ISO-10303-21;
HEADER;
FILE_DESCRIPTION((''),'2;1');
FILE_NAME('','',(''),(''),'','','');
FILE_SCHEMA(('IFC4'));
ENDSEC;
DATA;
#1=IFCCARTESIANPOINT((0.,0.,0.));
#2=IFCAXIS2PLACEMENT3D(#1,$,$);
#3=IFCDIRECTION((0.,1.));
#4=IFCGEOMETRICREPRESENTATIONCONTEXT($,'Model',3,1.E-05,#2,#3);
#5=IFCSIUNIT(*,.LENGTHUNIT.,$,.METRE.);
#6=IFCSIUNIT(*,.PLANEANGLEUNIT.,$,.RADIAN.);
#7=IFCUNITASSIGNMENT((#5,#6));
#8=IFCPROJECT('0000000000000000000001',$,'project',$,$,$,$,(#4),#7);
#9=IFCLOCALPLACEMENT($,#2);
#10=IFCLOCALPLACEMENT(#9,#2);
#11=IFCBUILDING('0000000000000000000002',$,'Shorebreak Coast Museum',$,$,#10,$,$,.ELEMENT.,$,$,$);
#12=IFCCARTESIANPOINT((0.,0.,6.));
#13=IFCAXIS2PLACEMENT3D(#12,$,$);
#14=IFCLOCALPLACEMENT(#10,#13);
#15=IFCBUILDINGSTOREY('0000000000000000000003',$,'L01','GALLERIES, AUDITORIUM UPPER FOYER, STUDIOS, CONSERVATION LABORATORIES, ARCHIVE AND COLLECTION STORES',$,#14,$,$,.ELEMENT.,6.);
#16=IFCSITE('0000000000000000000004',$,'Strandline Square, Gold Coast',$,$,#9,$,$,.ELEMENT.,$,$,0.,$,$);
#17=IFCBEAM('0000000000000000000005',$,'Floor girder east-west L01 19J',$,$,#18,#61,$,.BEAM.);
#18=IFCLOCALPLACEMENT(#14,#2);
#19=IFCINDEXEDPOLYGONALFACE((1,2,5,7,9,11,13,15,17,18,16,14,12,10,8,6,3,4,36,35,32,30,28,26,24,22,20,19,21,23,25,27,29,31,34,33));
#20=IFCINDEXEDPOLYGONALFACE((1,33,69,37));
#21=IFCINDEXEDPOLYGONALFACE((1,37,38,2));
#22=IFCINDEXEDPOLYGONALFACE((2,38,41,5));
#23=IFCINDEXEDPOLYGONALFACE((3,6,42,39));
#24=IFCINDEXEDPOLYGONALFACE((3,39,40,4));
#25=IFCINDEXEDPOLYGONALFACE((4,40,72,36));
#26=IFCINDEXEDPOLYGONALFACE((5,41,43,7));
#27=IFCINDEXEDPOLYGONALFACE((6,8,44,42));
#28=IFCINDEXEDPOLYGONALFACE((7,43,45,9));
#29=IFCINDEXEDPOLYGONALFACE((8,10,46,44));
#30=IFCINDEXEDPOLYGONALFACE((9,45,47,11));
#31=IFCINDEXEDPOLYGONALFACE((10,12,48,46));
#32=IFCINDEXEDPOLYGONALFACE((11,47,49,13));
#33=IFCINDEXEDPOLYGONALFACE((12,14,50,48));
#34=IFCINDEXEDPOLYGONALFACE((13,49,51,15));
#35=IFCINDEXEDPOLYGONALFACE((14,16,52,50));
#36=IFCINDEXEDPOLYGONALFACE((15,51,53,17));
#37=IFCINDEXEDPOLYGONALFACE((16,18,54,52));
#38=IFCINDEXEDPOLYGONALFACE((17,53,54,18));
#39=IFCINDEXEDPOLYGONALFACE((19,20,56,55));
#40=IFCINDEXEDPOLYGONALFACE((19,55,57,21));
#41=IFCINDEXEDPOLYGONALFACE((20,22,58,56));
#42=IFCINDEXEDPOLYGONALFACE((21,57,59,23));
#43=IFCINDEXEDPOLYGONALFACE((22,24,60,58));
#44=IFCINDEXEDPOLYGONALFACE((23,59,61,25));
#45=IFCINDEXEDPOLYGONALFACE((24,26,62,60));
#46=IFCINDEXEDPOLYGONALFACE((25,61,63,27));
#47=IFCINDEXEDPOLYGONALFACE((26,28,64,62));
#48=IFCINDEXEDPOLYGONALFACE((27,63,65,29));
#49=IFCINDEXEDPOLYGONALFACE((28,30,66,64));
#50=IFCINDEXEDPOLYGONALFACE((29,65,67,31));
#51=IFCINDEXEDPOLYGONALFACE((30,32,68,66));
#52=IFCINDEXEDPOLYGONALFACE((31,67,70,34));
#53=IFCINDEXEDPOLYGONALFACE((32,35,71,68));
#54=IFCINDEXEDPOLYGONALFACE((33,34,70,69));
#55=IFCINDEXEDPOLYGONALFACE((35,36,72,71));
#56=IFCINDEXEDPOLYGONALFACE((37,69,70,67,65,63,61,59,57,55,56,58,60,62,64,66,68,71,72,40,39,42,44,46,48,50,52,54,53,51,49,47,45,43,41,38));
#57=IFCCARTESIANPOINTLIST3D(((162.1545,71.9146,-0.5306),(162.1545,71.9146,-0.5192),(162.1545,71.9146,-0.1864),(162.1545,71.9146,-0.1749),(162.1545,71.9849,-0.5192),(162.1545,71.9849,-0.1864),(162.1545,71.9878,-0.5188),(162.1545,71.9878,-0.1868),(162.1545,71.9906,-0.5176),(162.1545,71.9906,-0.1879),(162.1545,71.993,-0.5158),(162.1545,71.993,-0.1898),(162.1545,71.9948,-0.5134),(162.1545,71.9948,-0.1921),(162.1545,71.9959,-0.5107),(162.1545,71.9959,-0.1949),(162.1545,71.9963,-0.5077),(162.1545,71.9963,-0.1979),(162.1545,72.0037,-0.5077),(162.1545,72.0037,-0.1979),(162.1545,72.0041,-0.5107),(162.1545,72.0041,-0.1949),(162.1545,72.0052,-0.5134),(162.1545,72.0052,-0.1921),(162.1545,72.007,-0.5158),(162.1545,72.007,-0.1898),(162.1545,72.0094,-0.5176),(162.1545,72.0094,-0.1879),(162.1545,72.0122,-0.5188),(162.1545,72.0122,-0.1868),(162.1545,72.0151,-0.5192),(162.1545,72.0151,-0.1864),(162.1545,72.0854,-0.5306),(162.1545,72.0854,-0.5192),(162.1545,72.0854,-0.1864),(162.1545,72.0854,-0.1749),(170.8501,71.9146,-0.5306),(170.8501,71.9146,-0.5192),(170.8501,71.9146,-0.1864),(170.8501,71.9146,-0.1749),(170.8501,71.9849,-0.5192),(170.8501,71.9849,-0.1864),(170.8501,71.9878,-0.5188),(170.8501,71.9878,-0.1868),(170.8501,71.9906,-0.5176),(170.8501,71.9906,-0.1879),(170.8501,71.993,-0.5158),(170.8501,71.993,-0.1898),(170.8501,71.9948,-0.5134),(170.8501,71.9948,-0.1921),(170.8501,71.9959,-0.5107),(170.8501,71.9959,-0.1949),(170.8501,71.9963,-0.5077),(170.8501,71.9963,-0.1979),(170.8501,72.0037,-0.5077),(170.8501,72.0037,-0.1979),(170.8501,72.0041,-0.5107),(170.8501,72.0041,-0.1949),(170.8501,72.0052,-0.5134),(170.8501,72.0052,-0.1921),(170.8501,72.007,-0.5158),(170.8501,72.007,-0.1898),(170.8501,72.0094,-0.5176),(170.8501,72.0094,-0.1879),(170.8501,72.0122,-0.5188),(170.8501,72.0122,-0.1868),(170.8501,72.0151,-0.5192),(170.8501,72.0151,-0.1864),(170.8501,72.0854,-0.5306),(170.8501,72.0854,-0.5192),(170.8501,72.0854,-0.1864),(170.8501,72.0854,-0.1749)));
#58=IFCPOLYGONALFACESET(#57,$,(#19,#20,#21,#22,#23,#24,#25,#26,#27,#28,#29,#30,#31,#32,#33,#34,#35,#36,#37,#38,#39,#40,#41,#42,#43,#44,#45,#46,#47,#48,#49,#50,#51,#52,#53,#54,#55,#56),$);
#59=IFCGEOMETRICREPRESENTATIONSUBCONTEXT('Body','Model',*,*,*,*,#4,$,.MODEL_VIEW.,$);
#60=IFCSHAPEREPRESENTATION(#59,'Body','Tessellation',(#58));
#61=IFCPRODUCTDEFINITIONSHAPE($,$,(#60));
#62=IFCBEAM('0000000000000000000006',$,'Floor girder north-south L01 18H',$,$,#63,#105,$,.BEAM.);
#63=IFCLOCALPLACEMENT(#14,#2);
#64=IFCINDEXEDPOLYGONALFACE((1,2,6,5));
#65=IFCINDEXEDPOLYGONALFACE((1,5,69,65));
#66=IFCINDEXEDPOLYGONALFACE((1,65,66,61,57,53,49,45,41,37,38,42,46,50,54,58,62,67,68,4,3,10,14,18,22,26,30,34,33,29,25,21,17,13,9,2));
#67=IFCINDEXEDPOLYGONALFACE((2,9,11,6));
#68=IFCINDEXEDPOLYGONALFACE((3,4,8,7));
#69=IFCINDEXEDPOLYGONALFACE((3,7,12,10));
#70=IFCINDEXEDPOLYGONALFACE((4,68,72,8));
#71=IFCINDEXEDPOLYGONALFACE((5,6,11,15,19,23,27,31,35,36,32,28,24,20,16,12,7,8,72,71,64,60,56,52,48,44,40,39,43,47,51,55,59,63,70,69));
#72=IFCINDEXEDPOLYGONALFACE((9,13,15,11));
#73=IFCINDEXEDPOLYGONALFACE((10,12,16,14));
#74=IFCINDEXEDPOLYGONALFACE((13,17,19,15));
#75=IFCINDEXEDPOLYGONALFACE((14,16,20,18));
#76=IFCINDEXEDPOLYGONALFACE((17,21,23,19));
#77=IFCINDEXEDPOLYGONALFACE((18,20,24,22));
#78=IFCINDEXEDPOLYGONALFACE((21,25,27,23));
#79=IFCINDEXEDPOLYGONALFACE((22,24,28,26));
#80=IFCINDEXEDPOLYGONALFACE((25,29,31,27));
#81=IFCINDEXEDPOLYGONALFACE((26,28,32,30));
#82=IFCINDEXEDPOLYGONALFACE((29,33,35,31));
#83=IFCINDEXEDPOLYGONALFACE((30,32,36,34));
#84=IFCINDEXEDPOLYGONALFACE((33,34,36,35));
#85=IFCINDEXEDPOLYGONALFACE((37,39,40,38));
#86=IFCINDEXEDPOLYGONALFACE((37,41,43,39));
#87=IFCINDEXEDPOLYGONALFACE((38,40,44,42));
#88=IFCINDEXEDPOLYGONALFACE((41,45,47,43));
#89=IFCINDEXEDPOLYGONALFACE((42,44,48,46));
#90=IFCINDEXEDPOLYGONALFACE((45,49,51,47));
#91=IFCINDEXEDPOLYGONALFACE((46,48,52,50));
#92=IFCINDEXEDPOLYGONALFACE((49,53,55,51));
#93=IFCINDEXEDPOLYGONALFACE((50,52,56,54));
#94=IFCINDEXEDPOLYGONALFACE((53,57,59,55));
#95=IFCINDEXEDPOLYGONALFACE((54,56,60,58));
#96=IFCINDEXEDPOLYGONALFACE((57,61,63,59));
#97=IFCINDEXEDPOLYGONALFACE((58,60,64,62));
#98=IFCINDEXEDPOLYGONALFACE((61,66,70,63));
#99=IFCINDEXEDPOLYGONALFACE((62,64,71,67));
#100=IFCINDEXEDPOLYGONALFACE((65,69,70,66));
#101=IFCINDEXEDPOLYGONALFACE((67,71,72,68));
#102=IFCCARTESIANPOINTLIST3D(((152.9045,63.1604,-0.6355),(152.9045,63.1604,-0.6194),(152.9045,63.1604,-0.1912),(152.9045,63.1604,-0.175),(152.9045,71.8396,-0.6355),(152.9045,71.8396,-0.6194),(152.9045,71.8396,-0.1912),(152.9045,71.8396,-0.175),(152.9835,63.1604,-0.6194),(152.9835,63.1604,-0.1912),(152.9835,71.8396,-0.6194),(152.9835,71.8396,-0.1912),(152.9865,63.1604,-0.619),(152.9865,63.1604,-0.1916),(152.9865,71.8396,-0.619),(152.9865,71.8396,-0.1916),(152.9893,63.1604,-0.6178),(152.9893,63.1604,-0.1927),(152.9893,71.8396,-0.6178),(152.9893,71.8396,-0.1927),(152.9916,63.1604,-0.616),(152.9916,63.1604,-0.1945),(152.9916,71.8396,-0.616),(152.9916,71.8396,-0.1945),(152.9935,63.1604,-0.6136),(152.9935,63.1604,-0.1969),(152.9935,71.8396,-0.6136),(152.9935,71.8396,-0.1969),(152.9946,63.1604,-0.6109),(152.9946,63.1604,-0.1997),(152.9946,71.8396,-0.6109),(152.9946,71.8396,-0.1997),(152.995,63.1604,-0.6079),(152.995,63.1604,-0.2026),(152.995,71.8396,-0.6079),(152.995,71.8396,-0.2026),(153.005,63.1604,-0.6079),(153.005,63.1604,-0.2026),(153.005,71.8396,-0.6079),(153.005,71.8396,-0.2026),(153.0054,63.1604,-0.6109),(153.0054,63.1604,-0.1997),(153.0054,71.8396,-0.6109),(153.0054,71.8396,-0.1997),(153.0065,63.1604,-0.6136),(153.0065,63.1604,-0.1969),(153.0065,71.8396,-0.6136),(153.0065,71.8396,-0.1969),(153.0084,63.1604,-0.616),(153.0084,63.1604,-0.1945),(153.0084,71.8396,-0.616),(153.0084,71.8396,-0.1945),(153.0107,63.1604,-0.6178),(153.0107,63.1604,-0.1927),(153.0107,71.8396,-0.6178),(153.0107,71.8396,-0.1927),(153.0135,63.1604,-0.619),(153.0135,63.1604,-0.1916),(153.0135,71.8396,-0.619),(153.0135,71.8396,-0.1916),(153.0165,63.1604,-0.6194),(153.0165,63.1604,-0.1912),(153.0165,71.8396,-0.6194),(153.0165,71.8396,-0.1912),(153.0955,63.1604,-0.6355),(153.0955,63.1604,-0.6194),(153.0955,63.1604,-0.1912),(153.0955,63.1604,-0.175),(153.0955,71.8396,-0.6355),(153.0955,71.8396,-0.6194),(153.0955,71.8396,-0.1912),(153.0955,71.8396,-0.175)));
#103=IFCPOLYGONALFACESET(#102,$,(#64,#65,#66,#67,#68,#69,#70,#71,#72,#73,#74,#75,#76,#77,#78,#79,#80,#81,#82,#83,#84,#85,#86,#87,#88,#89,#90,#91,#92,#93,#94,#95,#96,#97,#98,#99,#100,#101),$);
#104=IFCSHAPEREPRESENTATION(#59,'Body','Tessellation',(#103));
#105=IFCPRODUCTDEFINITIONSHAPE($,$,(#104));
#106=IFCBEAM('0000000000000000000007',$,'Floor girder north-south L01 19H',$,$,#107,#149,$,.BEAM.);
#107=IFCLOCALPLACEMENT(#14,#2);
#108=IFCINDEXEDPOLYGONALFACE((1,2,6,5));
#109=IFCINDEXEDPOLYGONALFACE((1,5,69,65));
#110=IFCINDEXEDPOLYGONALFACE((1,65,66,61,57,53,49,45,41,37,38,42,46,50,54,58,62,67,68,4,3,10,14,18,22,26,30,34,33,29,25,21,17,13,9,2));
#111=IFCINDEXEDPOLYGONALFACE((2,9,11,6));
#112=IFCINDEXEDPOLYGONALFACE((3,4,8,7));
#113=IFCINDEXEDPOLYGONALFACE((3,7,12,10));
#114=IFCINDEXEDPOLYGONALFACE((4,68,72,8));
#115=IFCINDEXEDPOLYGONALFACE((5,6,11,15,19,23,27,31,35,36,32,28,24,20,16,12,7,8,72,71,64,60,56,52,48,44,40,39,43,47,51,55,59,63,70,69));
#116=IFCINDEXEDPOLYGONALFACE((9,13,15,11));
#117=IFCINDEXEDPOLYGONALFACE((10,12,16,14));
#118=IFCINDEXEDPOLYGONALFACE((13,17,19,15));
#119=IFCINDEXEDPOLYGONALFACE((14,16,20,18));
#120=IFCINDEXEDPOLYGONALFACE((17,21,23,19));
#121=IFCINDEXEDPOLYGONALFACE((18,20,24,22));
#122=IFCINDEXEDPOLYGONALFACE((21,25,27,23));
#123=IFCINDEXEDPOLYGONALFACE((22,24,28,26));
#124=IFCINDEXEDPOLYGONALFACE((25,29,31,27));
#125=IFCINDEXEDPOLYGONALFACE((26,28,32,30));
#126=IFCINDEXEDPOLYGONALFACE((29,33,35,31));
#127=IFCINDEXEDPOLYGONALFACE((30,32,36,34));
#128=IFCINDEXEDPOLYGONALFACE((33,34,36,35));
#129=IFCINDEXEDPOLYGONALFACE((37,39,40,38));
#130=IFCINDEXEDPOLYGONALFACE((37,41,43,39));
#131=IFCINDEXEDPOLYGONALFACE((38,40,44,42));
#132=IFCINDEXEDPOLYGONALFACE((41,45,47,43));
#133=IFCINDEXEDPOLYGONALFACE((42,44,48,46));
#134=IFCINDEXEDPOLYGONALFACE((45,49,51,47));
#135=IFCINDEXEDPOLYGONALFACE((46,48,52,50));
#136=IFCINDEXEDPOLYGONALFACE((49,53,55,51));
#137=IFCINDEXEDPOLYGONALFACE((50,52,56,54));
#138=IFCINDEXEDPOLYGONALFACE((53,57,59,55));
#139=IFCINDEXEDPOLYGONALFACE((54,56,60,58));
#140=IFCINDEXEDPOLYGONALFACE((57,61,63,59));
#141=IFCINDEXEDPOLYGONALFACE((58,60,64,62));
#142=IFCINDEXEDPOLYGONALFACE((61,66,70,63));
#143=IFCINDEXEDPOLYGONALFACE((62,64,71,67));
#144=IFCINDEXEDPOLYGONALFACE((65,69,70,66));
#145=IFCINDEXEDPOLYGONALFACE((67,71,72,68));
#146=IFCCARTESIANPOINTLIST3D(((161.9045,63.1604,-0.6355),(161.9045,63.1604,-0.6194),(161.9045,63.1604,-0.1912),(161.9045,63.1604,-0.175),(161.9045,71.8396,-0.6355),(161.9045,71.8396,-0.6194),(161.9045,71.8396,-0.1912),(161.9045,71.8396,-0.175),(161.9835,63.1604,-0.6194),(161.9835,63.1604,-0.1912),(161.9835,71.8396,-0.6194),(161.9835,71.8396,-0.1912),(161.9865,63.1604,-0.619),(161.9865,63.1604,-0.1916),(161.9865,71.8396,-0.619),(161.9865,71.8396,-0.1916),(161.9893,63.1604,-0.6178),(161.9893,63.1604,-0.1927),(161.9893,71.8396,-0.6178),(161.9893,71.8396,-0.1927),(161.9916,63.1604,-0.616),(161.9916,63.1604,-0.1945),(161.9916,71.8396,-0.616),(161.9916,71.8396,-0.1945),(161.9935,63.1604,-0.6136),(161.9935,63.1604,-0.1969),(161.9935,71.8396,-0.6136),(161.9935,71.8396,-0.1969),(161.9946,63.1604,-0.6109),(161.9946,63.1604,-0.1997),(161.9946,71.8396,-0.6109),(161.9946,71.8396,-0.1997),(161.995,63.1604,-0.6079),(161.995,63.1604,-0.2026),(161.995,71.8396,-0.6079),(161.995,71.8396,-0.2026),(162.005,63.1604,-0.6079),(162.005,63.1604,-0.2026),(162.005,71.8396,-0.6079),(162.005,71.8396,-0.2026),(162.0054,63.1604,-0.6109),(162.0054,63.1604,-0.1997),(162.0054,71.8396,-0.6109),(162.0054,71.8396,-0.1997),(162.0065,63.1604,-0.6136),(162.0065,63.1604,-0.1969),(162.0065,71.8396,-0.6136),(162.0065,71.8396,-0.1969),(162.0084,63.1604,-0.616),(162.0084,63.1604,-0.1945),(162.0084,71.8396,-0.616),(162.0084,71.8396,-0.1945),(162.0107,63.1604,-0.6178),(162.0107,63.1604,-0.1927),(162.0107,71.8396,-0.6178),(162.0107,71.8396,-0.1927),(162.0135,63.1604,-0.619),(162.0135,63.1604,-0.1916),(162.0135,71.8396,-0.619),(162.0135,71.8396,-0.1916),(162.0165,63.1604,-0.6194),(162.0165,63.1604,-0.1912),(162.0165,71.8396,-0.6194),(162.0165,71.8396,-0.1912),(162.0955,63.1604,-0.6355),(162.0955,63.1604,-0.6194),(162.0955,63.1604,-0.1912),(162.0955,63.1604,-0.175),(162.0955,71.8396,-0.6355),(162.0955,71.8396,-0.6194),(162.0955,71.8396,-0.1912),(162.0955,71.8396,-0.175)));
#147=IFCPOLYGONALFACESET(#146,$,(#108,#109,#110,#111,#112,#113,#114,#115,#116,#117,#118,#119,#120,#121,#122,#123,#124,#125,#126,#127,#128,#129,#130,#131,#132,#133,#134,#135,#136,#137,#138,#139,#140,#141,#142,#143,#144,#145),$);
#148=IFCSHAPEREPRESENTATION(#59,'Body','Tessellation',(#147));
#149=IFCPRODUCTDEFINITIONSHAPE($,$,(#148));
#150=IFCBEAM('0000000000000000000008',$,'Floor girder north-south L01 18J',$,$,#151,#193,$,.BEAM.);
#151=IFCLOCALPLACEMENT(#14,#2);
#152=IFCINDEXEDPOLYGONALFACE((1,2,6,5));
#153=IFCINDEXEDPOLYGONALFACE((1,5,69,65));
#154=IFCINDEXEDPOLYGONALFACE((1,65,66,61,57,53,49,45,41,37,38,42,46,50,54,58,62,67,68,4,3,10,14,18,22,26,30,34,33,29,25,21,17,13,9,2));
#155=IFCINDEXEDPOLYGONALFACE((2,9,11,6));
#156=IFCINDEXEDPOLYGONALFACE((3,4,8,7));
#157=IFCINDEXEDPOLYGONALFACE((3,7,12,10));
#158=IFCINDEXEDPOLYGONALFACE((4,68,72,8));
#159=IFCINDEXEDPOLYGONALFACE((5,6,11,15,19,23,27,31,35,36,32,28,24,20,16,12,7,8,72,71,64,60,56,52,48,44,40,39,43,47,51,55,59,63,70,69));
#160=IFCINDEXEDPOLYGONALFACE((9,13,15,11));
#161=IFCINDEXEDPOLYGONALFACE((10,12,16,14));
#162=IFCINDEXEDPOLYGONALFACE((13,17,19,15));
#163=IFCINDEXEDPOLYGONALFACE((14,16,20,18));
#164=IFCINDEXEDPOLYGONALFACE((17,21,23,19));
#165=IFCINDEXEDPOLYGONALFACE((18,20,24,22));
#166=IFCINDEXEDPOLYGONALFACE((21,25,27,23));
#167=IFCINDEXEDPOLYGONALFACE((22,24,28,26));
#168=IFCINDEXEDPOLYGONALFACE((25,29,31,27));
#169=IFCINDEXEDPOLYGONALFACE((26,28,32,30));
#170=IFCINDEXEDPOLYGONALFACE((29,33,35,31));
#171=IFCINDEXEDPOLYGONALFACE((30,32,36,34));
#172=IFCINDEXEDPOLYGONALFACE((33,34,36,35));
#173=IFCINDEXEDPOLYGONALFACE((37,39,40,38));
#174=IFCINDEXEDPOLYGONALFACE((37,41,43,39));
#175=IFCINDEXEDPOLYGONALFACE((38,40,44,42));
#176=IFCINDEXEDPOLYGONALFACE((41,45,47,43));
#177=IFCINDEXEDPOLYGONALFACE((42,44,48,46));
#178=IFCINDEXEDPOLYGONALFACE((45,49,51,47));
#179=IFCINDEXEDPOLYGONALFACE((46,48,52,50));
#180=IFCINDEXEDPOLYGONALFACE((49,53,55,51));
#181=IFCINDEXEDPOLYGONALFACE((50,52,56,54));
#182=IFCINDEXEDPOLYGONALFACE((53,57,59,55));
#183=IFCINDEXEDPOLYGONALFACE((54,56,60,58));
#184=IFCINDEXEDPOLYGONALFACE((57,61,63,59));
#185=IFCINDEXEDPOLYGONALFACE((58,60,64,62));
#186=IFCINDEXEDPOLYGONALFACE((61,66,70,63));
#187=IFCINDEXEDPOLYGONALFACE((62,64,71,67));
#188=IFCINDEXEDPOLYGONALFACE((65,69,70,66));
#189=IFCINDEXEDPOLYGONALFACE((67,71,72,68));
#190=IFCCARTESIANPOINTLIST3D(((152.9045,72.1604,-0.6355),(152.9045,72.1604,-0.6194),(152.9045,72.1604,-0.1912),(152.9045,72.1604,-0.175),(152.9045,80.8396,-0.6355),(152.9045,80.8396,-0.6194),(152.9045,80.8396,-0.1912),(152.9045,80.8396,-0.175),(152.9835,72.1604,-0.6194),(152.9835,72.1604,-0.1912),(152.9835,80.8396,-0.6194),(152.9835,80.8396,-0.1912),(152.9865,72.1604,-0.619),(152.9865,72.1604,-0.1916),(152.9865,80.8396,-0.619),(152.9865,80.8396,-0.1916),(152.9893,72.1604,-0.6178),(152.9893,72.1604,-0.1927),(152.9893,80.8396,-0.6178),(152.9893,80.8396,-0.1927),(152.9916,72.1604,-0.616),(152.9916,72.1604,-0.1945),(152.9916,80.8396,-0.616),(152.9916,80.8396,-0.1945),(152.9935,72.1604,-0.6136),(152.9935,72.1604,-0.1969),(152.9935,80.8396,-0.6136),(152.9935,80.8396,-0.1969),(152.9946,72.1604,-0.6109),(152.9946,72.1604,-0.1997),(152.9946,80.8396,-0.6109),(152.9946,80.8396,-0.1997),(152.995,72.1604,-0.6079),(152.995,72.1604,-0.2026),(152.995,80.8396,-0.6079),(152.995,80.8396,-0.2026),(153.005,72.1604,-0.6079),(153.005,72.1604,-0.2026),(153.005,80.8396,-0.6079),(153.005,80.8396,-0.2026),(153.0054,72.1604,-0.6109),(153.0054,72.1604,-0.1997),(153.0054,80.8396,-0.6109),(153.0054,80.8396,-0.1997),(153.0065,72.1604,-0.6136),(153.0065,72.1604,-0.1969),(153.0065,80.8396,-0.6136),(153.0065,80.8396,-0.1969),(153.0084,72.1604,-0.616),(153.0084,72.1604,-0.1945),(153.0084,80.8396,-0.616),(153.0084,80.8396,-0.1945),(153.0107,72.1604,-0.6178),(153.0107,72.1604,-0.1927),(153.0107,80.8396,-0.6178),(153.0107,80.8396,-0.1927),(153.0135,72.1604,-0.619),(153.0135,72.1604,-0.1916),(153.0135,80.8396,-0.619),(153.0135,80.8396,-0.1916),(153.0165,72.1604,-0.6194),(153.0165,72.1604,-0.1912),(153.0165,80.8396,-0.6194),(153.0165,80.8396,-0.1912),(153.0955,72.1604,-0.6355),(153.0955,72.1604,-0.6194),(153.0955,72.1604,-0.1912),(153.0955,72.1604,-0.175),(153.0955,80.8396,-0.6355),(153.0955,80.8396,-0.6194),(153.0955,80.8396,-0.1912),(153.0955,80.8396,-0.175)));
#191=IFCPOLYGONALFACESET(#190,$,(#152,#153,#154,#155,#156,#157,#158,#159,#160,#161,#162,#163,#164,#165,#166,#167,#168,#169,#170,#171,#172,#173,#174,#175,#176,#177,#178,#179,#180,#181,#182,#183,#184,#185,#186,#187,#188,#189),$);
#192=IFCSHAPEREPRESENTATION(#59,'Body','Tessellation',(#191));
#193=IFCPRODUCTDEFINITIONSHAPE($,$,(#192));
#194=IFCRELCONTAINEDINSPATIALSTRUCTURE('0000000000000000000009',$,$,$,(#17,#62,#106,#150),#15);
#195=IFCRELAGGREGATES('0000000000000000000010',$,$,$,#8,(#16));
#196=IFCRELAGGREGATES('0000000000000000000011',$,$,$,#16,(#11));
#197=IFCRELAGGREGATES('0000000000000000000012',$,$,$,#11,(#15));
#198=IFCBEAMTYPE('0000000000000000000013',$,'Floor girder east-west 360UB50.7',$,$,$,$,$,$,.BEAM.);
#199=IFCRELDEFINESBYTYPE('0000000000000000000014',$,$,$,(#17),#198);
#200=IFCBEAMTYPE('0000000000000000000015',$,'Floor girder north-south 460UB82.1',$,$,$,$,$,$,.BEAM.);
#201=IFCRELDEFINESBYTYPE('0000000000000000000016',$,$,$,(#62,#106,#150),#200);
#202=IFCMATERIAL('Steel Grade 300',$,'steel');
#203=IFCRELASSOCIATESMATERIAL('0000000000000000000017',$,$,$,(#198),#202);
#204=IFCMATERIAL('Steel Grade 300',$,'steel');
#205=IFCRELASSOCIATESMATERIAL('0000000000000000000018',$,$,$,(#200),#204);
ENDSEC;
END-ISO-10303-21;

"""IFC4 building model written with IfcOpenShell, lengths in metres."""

from ifc_helpers import new_model, si_unit, direction, frame, origin, origin_2d, place, context, subcontext, project, spatial, i_section, extrude, material, material_profile, profile_set, type_object, element, save


model = new_model("IFC4")

# Units and contexts
model_context = context("Model", 3, precision=1e-05, world=origin(), true_north=direction((0.0, 1.0)))
body_context = subcontext(model_context, "Body", "Model", "MODEL_VIEW")
ifc_project = project(units=[si_unit("LENGTHUNIT", "METRE"), si_unit("PLANEANGLEUNIT", "RADIAN")], contexts=[model_context])

# Site, building, storey
site_placement = place(None, origin())
site = spatial("IfcSite", under=ifc_project, at=site_placement, Name="Strandline Square, Gold Coast", CompositionType="ELEMENT", RefElevation=0.0)
building_placement = place(site_placement, origin())
building = spatial("IfcBuilding", under=site, at=building_placement, Name="Shorebreak Coast Museum", CompositionType="ELEMENT")
storey_placement = place(building_placement, frame((0.0, 0.0, 6.0)))
storey = spatial("IfcBuildingStorey", under=building, at=storey_placement, Name="L01", Description="GALLERIES, AUDITORIUM UPPER FOYER, STUDIOS, CONSERVATION LABORATORIES, ARCHIVE AND COLLECTION STORES", CompositionType="ELEMENT", Elevation=6.0)

# Beams
ifc_material_1 = material(Name="Steel Grade 300", Category="steel")
ifc_material_profile_1 = material_profile(ifc_material_1, i_section(OverallWidth=0.1709, OverallDepth=0.3557, WebThickness=0.0073, FlangeThickness=0.0115, FilletRadius=0.0115, at=origin_2d()), Name="360UB50.7")
ifc_profile_set_1 = profile_set([ifc_material_profile_1], Name="Steel Grade 300")
beam_type_1 = type_object("IfcBeamType", Name="Floor girder east-west 360UB50.7", PredefinedType="BEAM", material=ifc_profile_set_1)
beam_1_placement = place(storey_placement, frame((162.1545, 72.0, -0.3528), z_axis=(1.0, 0.0, 0.0), x_axis=(0.0, 1.0, 0.0)))
element("IfcBeam", 1, at=beam_1_placement, inside=storey, type_object=beam_type_1, Name="Floor girder east-west L01 19J", PredefinedType="BEAM", context=body_context, shape_type="SweptSolid", body=[
    extrude(i_section(OverallWidth=0.1709, OverallDepth=0.3557, WebThickness=0.0073, FlangeThickness=0.0115, FilletRadius=0.0115, at=origin_2d()), origin(), (0.0, 0.0, 1.0), 8.6956),
])
ifc_material_2 = material(Name="Steel Grade 300", Category="steel")
ifc_material_profile_2 = material_profile(ifc_material_2, i_section(OverallWidth=0.1909, OverallDepth=0.4604, WebThickness=0.01, FlangeThickness=0.0161, FilletRadius=0.0115, at=origin_2d()), Name="460UB82.1")
ifc_profile_set_2 = profile_set([ifc_material_profile_2], Name="Steel Grade 300")
beam_type_2 = type_object("IfcBeamType", Name="Floor girder north-south 460UB82.1", PredefinedType="BEAM", material=ifc_profile_set_2)
for number, where, z_axis, x_axis, name in (
    (2, (153.0, 63.1604, -0.4053), (0.0, 1.0, 0.0), (-1.0, 0.0, 0.0), "Floor girder north-south L01 18H"),
    (3, (162.0, 63.1604, -0.4053), (0.0, 1.0, 0.0), (-1.0, 0.0, 0.0), "Floor girder north-south L01 19H"),
    (4, (153.0, 72.1604, -0.4053), (0.0, 1.0, 0.0), (-1.0, 0.0, 0.0), "Floor girder north-south L01 18J"),
):
    element("IfcBeam", number, at=place(storey_placement, frame(where, z_axis=z_axis, x_axis=x_axis)), inside=storey, type_object=beam_type_2, Name=name, PredefinedType="BEAM", context=body_context, shape_type="SweptSolid", body=[
        extrude(i_section(OverallWidth=0.1909, OverallDepth=0.4604, WebThickness=0.01, FlangeThickness=0.0161, FilletRadius=0.0115, at=origin_2d()), origin(), (0.0, 0.0, 1.0), 8.6792),
    ])

save(model, "model.ifc")
